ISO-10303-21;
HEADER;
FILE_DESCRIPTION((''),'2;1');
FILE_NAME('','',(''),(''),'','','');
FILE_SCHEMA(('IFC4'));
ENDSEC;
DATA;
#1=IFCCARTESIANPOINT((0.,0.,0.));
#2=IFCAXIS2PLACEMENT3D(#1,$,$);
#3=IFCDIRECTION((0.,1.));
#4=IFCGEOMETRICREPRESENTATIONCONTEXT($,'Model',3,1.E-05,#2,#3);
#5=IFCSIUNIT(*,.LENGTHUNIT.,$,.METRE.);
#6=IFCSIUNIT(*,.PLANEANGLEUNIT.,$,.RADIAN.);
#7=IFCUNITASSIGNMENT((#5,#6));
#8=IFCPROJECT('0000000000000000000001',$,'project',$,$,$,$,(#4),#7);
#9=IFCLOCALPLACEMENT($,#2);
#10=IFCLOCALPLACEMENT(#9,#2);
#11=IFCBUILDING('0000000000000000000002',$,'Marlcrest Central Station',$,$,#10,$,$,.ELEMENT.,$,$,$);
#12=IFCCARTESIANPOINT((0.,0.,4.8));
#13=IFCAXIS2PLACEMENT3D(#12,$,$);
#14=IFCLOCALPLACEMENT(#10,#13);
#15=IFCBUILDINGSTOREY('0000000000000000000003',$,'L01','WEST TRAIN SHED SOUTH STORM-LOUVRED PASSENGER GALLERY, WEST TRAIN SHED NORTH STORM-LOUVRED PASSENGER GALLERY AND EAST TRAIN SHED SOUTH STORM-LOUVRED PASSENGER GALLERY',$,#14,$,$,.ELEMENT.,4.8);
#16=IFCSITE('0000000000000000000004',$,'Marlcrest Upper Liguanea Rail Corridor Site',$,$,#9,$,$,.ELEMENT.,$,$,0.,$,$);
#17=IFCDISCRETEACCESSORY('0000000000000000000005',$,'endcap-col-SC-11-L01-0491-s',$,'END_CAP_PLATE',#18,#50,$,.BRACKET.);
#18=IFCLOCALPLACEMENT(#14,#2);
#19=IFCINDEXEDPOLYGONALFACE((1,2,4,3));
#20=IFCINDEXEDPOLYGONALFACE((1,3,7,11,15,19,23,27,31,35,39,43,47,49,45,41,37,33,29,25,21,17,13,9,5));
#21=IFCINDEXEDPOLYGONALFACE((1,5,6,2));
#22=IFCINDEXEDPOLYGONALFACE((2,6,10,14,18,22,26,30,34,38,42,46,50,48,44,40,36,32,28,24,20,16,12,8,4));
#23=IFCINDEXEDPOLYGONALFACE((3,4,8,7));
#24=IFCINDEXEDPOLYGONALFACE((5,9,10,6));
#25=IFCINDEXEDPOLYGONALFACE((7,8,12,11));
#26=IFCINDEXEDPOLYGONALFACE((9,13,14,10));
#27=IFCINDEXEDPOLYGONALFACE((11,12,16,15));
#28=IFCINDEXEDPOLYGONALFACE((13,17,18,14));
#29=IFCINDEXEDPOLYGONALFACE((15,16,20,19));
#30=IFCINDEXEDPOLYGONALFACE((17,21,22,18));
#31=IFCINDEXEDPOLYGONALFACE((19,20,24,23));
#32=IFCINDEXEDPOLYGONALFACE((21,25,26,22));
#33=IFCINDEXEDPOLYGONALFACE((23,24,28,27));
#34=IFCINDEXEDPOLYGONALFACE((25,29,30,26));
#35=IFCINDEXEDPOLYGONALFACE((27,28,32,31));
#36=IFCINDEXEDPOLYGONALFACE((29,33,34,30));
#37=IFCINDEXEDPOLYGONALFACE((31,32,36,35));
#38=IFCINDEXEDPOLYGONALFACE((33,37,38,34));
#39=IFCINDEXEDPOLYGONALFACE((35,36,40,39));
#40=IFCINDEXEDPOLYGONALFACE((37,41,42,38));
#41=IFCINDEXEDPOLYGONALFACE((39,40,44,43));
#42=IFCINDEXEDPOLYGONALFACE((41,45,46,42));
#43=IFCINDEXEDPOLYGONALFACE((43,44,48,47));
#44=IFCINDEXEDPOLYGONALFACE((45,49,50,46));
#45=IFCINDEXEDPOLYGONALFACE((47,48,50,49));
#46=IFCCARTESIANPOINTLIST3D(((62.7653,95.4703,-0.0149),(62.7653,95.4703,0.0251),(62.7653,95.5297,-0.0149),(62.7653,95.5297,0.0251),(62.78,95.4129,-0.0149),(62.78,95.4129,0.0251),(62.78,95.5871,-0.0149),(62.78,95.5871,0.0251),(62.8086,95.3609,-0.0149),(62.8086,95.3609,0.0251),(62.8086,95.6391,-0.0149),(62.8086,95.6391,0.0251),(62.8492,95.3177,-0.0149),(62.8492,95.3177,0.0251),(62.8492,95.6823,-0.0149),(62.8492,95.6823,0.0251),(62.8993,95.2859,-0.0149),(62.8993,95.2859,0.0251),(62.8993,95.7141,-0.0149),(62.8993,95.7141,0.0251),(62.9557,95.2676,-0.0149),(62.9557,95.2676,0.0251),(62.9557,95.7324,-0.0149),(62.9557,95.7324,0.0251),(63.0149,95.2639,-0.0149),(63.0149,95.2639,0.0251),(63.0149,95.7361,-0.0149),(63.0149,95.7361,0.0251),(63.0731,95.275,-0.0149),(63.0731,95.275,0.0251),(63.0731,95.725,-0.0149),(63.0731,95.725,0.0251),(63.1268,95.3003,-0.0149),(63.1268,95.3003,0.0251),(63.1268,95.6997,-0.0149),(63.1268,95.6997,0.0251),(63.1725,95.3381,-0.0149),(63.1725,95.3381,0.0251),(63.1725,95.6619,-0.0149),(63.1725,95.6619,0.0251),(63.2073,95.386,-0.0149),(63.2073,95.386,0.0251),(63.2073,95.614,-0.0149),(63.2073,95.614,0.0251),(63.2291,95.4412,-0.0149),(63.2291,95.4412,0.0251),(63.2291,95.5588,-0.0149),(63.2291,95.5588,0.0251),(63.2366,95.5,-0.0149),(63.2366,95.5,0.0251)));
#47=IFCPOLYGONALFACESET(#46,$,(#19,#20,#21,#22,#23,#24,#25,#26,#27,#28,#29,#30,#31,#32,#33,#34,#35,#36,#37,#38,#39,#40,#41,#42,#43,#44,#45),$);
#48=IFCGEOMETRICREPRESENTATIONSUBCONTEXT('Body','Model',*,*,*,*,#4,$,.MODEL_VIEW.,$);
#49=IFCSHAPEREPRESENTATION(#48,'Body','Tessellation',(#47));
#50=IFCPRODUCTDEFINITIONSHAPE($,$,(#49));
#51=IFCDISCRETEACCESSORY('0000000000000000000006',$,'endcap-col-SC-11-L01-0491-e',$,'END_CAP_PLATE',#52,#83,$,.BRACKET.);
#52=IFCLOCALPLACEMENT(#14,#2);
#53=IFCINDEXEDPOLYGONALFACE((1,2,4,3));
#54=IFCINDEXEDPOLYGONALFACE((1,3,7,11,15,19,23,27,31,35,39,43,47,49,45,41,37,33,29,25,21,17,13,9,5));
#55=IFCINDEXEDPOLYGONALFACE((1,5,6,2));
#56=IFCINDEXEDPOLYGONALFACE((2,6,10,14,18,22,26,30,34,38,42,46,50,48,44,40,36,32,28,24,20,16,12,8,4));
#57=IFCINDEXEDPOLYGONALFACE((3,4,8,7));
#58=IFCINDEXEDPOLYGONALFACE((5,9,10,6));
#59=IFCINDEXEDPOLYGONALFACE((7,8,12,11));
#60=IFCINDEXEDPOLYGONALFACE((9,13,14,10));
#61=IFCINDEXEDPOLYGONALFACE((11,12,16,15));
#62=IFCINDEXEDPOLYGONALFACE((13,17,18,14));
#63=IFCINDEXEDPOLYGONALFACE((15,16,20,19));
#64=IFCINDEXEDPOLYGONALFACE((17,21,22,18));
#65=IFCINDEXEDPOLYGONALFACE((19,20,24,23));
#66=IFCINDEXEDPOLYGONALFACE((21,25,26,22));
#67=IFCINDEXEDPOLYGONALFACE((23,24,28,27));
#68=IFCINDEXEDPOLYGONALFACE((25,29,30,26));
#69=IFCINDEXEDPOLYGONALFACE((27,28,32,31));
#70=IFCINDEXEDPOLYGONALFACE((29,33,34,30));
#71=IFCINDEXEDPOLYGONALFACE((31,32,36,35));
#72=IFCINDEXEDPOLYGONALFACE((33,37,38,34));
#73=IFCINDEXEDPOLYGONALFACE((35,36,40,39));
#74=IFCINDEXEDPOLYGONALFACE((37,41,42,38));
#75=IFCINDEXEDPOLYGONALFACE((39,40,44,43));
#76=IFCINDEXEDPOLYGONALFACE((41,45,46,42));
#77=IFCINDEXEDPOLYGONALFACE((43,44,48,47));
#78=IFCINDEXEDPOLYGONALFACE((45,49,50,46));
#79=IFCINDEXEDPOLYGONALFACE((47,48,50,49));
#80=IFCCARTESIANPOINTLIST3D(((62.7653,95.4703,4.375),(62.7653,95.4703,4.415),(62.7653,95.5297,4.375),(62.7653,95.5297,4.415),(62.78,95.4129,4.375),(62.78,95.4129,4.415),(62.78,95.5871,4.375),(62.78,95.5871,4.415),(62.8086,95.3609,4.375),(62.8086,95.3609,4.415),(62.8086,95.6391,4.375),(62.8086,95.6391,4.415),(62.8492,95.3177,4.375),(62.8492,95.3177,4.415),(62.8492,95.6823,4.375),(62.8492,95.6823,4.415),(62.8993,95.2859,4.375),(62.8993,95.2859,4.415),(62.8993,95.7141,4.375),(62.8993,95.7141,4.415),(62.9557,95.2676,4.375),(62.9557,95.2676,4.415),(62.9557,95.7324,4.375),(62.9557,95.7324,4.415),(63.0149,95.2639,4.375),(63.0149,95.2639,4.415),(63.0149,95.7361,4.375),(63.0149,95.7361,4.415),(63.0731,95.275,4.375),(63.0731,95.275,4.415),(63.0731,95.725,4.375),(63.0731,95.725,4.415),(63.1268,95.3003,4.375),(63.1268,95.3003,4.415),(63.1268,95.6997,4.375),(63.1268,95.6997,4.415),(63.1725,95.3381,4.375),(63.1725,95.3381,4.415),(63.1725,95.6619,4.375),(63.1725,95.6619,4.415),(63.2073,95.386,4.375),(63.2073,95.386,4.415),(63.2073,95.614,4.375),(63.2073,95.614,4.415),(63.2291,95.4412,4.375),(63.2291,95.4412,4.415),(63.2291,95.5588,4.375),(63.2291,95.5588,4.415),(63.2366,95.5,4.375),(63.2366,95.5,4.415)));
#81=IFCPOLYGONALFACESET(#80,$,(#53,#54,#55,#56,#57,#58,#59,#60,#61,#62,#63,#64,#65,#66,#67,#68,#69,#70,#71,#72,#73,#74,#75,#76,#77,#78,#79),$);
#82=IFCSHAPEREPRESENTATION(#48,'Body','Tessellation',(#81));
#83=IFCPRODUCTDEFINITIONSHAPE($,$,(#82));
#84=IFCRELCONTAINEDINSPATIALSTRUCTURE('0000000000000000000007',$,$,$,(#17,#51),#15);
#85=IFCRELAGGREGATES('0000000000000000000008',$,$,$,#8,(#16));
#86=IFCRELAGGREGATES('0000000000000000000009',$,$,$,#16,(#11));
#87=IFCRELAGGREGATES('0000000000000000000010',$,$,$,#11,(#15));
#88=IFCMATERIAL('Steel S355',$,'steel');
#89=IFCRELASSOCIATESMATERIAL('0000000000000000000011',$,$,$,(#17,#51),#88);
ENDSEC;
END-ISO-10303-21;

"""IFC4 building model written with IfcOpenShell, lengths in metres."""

from ifc_helpers import new_model, si_unit, direction, frame, origin, origin_2d, place, context, subcontext, project, spatial, circle, extrude, material, element, save


model = new_model("IFC4")

# Units and contexts
model_context = context("Model", 3, precision=1e-05, world=origin(), true_north=direction((0.0, 1.0)))
body_context = subcontext(model_context, "Body", "Model", "MODEL_VIEW")
ifc_project = project(units=[si_unit("LENGTHUNIT", "METRE"), si_unit("PLANEANGLEUNIT", "RADIAN")], contexts=[model_context])

# Site, building, storey
site_placement = place(None, origin())
site = spatial("IfcSite", under=ifc_project, at=site_placement, Name="Marlcrest Upper Liguanea Rail Corridor Site", CompositionType="ELEMENT", RefElevation=0.0)
building_placement = place(site_placement, origin())
building = spatial("IfcBuilding", under=site, at=building_placement, Name="Marlcrest Central Station", CompositionType="ELEMENT")
storey_placement = place(building_placement, frame((0.0, 0.0, 4.8)))
storey = spatial("IfcBuildingStorey", under=building, at=storey_placement, Name="L01", Description="WEST TRAIN SHED SOUTH STORM-LOUVRED PASSENGER GALLERY, WEST TRAIN SHED NORTH STORM-LOUVRED PASSENGER GALLERY AND EAST TRAIN SHED SOUTH STORM-LOUVRED PASSENGER GALLERY", CompositionType="ELEMENT", Elevation=4.8)

# Shared definitions
ifc_material_1 = material(Name="Steel S355", Category="steel")

# Discrete accessories
for number, where, z_axis, x_axis, name in (
    (1, (63.0, 95.5, -0.0149), (0.0, 0.0, 1.0), (1.0, 0.0, 0.0), "endcap-col-SC-11-L01-0491-s"),
    (2, (63.0, 95.5, 4.375), (0.0, 0.0, 1.0), (1.0, 0.0, 0.0), "endcap-col-SC-11-L01-0491-e"),
):
    element("IfcDiscreteAccessory", number, at=place(storey_placement, frame(where, z_axis=z_axis, x_axis=x_axis)), inside=storey, material=ifc_material_1, Name=name, ObjectType="END_CAP_PLATE", PredefinedType="BRACKET", context=body_context, shape_type="SweptSolid", body=[
        extrude(circle(Radius=0.2366, at=origin_2d()), origin(), (0.0, 0.0, 1.0), 0.04),
    ])

save(model, "model.ifc")
